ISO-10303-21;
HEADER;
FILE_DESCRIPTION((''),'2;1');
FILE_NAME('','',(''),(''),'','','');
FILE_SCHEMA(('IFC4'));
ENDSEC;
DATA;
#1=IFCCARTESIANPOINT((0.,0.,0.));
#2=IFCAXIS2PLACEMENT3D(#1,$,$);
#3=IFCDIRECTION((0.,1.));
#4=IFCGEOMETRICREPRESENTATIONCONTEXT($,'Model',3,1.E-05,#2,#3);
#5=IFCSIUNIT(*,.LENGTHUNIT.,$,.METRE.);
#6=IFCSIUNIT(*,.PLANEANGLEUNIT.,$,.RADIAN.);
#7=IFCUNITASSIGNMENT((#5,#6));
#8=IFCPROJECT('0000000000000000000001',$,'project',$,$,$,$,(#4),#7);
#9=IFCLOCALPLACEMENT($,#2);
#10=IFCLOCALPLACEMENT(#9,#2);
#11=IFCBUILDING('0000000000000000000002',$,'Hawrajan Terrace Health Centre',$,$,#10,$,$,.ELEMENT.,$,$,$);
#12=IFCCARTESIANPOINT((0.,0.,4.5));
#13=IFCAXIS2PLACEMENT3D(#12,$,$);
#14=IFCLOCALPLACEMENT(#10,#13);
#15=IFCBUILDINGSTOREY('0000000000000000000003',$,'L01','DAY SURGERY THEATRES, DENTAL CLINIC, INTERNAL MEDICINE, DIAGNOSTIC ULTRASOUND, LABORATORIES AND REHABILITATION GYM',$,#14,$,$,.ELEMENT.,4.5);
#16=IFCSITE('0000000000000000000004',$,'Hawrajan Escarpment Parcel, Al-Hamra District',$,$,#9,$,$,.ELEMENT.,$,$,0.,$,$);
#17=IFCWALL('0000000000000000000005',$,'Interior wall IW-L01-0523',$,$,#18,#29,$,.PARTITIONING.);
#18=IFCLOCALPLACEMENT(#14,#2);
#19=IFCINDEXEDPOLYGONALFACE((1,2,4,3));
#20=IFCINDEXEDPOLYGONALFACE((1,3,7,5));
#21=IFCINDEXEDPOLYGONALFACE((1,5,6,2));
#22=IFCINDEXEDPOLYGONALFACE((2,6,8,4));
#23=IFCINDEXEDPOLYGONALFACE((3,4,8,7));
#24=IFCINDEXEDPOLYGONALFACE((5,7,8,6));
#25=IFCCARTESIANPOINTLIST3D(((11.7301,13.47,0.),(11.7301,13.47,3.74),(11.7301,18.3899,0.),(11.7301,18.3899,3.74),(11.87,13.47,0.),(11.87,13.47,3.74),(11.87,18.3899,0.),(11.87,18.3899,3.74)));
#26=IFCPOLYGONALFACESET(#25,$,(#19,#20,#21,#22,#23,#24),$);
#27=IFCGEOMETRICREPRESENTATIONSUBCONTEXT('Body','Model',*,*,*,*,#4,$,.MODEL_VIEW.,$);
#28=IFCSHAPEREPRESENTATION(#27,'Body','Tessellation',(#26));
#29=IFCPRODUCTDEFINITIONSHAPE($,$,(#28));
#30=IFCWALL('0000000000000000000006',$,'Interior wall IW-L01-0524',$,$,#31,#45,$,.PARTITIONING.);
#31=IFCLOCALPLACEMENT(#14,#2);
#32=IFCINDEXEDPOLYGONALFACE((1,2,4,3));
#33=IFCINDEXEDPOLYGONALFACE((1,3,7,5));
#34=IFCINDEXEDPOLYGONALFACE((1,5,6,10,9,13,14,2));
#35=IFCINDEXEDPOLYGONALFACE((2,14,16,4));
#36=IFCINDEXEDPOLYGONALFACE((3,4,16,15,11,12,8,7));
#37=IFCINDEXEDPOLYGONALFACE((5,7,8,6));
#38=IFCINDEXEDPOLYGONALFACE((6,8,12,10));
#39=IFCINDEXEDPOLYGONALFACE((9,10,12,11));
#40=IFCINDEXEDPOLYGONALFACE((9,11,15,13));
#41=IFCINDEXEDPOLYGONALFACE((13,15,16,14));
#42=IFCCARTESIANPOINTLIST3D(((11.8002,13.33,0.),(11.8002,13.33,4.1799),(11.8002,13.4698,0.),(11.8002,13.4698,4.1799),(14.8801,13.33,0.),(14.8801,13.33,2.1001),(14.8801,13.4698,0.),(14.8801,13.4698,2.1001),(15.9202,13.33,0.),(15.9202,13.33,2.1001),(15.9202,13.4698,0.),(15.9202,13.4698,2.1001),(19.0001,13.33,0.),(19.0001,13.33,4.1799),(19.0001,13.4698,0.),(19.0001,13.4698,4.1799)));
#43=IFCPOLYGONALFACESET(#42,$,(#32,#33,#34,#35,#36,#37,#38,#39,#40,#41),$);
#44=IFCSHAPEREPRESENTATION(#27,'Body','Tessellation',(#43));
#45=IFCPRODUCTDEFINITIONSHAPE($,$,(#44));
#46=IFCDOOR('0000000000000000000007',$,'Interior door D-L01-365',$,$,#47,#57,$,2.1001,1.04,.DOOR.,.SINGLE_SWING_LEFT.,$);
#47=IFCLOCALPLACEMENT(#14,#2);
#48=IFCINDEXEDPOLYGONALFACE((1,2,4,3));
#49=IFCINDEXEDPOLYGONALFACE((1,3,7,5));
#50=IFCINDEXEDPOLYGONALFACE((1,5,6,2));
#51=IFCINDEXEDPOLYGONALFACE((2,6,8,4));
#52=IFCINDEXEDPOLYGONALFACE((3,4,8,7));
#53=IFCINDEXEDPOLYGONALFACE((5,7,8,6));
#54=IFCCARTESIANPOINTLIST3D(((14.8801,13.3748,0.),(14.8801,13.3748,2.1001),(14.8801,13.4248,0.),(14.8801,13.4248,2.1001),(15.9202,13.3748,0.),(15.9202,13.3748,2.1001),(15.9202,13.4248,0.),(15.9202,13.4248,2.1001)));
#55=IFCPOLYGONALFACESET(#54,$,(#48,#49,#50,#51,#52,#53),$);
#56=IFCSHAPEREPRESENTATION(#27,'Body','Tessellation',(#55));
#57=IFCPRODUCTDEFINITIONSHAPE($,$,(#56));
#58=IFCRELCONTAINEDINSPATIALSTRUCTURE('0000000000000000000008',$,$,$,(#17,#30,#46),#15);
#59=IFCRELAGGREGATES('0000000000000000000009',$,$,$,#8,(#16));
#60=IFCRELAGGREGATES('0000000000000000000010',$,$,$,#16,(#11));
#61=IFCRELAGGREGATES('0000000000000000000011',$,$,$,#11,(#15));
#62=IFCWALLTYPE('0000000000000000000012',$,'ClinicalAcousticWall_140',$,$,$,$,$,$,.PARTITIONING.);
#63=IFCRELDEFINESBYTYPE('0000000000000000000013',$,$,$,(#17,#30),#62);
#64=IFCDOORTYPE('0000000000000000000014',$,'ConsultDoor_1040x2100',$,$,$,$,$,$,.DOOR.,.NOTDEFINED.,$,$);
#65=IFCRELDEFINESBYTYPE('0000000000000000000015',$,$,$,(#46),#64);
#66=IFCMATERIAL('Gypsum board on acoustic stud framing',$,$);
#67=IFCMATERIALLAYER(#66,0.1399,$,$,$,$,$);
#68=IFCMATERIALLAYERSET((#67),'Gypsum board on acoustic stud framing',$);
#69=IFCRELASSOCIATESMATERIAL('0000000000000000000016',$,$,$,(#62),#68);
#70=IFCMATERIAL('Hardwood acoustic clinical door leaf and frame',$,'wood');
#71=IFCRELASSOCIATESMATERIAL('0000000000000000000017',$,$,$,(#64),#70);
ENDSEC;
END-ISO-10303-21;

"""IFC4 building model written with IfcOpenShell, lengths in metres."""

from ifc_helpers import new_model, si_unit, direction, frame, frame_2d, origin, place, context, subcontext, project, spatial, rectangle, extrude, material, layer, layer_set, type_object, element, fill, save


model = new_model("IFC4")

# Units and contexts
model_context = context("Model", 3, precision=1e-05, world=origin(), true_north=direction((0.0, 1.0)))
body_context = subcontext(model_context, "Body", "Model", "MODEL_VIEW")
ifc_project = project(units=[si_unit("LENGTHUNIT", "METRE"), si_unit("PLANEANGLEUNIT", "RADIAN")], contexts=[model_context])

# Site, building, storey
site_placement = place(None, origin())
site = spatial("IfcSite", under=ifc_project, at=site_placement, Name="Hawrajan Escarpment Parcel, Al-Hamra District", CompositionType="ELEMENT", RefElevation=0.0)
building_placement = place(site_placement, origin())
building = spatial("IfcBuilding", under=site, at=building_placement, Name="Hawrajan Terrace Health Centre", CompositionType="ELEMENT")
storey_placement = place(building_placement, frame((0.0, 0.0, 4.5)))
storey = spatial("IfcBuildingStorey", under=building, at=storey_placement, Name="L01", Description="DAY SURGERY THEATRES, DENTAL CLINIC, INTERNAL MEDICINE, DIAGNOSTIC ULTRASOUND, LABORATORIES AND REHABILITATION GYM", CompositionType="ELEMENT", Elevation=4.5)

# Shared definitions
ifc_material_1 = material(Name="Gypsum board on acoustic stud framing")
ifc_layer_1 = layer(ifc_material_1, 0.1399)
ifc_layer_set_1 = layer_set([ifc_layer_1], Name="Gypsum board on acoustic stud framing")
wall_type_1 = type_object("IfcWallType", Name="ClinicalAcousticWall_140", PredefinedType="PARTITIONING", material=ifc_layer_set_1)
ifc_material_2 = material(Name="Hardwood acoustic clinical door leaf and frame", Category="wood")

# Wall
wall_1_placement = place(storey_placement, frame((11.8, 13.47, 0.0), z_axis=(0.0, 0.0, 1.0), x_axis=(0.0, 1.0, 0.0)))
element("IfcWall", 1, at=wall_1_placement, inside=storey, type_object=wall_type_1, Name="Interior wall IW-L01-0523", PredefinedType="PARTITIONING", context=body_context, shape_type="SweptSolid", body=[
    extrude(rectangle(XDim=4.9199, YDim=0.1399, at=frame_2d((2.46, 0.0))), origin(), (0.0, 0.0, 1.0), 3.74),
])

# Wall, opening, door
wall_2_placement = place(storey_placement, frame((11.8, 13.3999, 0.0), z_axis=(0.0, 0.0, 1.0), x_axis=(1.0, 0.0, 0.0)))
wall_2 = element("IfcWall", 2, at=wall_2_placement, inside=storey, type_object=wall_type_1, Name="Interior wall IW-L01-0524", PredefinedType="PARTITIONING", context=body_context, shape_type="SweptSolid", body=[
    extrude(rectangle(XDim=7.2, YDim=0.1399, at=frame_2d((3.6001, 0.0))), origin(), (0.0, 0.0, 1.0), 4.1799),
])
opening_1_placement = place(wall_2_placement, frame((3.0801, 0.0, 0.0)))
opening_1 = element("IfcOpeningElement", 3, at=opening_1_placement, cuts=wall_2, PredefinedType="OPENING", context=body_context, shape_type="SweptSolid", body=[
    extrude(rectangle(XDim=1.04, YDim=2.1001, at=frame_2d((0.52, 1.05))), frame((0.0, 0.0798, 0.0), z_axis=(0.0, -1.0, 0.0), x_axis=(1.0, 0.0, 0.0)), (0.0, 0.0, 1.0), 0.1599),
])
door_type_1 = type_object("IfcDoorType", Name="ConsultDoor_1040x2100", OperationType="NOTDEFINED", PredefinedType="DOOR", material=ifc_material_2)
door_1_placement = place(opening_1_placement, origin())
door_1 = element("IfcDoor", 4, at=door_1_placement, inside=storey, type_object=door_type_1, Name="Interior door D-L01-365", OperationType="SINGLE_SWING_LEFT", OverallHeight=2.1001, OverallWidth=1.04, PredefinedType="DOOR", context=body_context, shape_type="SweptSolid", body=[
    extrude(rectangle(XDim=1.04, YDim=2.1001, at=frame_2d((0.52, 1.05))), frame((0.0, 0.0249, 0.0), z_axis=(0.0, -1.0, 0.0), x_axis=(1.0, 0.0, 0.0)), (0.0, 0.0, 1.0), 0.05),
])
fill(opening_1, door_1)

save(model, "model.ifc")
